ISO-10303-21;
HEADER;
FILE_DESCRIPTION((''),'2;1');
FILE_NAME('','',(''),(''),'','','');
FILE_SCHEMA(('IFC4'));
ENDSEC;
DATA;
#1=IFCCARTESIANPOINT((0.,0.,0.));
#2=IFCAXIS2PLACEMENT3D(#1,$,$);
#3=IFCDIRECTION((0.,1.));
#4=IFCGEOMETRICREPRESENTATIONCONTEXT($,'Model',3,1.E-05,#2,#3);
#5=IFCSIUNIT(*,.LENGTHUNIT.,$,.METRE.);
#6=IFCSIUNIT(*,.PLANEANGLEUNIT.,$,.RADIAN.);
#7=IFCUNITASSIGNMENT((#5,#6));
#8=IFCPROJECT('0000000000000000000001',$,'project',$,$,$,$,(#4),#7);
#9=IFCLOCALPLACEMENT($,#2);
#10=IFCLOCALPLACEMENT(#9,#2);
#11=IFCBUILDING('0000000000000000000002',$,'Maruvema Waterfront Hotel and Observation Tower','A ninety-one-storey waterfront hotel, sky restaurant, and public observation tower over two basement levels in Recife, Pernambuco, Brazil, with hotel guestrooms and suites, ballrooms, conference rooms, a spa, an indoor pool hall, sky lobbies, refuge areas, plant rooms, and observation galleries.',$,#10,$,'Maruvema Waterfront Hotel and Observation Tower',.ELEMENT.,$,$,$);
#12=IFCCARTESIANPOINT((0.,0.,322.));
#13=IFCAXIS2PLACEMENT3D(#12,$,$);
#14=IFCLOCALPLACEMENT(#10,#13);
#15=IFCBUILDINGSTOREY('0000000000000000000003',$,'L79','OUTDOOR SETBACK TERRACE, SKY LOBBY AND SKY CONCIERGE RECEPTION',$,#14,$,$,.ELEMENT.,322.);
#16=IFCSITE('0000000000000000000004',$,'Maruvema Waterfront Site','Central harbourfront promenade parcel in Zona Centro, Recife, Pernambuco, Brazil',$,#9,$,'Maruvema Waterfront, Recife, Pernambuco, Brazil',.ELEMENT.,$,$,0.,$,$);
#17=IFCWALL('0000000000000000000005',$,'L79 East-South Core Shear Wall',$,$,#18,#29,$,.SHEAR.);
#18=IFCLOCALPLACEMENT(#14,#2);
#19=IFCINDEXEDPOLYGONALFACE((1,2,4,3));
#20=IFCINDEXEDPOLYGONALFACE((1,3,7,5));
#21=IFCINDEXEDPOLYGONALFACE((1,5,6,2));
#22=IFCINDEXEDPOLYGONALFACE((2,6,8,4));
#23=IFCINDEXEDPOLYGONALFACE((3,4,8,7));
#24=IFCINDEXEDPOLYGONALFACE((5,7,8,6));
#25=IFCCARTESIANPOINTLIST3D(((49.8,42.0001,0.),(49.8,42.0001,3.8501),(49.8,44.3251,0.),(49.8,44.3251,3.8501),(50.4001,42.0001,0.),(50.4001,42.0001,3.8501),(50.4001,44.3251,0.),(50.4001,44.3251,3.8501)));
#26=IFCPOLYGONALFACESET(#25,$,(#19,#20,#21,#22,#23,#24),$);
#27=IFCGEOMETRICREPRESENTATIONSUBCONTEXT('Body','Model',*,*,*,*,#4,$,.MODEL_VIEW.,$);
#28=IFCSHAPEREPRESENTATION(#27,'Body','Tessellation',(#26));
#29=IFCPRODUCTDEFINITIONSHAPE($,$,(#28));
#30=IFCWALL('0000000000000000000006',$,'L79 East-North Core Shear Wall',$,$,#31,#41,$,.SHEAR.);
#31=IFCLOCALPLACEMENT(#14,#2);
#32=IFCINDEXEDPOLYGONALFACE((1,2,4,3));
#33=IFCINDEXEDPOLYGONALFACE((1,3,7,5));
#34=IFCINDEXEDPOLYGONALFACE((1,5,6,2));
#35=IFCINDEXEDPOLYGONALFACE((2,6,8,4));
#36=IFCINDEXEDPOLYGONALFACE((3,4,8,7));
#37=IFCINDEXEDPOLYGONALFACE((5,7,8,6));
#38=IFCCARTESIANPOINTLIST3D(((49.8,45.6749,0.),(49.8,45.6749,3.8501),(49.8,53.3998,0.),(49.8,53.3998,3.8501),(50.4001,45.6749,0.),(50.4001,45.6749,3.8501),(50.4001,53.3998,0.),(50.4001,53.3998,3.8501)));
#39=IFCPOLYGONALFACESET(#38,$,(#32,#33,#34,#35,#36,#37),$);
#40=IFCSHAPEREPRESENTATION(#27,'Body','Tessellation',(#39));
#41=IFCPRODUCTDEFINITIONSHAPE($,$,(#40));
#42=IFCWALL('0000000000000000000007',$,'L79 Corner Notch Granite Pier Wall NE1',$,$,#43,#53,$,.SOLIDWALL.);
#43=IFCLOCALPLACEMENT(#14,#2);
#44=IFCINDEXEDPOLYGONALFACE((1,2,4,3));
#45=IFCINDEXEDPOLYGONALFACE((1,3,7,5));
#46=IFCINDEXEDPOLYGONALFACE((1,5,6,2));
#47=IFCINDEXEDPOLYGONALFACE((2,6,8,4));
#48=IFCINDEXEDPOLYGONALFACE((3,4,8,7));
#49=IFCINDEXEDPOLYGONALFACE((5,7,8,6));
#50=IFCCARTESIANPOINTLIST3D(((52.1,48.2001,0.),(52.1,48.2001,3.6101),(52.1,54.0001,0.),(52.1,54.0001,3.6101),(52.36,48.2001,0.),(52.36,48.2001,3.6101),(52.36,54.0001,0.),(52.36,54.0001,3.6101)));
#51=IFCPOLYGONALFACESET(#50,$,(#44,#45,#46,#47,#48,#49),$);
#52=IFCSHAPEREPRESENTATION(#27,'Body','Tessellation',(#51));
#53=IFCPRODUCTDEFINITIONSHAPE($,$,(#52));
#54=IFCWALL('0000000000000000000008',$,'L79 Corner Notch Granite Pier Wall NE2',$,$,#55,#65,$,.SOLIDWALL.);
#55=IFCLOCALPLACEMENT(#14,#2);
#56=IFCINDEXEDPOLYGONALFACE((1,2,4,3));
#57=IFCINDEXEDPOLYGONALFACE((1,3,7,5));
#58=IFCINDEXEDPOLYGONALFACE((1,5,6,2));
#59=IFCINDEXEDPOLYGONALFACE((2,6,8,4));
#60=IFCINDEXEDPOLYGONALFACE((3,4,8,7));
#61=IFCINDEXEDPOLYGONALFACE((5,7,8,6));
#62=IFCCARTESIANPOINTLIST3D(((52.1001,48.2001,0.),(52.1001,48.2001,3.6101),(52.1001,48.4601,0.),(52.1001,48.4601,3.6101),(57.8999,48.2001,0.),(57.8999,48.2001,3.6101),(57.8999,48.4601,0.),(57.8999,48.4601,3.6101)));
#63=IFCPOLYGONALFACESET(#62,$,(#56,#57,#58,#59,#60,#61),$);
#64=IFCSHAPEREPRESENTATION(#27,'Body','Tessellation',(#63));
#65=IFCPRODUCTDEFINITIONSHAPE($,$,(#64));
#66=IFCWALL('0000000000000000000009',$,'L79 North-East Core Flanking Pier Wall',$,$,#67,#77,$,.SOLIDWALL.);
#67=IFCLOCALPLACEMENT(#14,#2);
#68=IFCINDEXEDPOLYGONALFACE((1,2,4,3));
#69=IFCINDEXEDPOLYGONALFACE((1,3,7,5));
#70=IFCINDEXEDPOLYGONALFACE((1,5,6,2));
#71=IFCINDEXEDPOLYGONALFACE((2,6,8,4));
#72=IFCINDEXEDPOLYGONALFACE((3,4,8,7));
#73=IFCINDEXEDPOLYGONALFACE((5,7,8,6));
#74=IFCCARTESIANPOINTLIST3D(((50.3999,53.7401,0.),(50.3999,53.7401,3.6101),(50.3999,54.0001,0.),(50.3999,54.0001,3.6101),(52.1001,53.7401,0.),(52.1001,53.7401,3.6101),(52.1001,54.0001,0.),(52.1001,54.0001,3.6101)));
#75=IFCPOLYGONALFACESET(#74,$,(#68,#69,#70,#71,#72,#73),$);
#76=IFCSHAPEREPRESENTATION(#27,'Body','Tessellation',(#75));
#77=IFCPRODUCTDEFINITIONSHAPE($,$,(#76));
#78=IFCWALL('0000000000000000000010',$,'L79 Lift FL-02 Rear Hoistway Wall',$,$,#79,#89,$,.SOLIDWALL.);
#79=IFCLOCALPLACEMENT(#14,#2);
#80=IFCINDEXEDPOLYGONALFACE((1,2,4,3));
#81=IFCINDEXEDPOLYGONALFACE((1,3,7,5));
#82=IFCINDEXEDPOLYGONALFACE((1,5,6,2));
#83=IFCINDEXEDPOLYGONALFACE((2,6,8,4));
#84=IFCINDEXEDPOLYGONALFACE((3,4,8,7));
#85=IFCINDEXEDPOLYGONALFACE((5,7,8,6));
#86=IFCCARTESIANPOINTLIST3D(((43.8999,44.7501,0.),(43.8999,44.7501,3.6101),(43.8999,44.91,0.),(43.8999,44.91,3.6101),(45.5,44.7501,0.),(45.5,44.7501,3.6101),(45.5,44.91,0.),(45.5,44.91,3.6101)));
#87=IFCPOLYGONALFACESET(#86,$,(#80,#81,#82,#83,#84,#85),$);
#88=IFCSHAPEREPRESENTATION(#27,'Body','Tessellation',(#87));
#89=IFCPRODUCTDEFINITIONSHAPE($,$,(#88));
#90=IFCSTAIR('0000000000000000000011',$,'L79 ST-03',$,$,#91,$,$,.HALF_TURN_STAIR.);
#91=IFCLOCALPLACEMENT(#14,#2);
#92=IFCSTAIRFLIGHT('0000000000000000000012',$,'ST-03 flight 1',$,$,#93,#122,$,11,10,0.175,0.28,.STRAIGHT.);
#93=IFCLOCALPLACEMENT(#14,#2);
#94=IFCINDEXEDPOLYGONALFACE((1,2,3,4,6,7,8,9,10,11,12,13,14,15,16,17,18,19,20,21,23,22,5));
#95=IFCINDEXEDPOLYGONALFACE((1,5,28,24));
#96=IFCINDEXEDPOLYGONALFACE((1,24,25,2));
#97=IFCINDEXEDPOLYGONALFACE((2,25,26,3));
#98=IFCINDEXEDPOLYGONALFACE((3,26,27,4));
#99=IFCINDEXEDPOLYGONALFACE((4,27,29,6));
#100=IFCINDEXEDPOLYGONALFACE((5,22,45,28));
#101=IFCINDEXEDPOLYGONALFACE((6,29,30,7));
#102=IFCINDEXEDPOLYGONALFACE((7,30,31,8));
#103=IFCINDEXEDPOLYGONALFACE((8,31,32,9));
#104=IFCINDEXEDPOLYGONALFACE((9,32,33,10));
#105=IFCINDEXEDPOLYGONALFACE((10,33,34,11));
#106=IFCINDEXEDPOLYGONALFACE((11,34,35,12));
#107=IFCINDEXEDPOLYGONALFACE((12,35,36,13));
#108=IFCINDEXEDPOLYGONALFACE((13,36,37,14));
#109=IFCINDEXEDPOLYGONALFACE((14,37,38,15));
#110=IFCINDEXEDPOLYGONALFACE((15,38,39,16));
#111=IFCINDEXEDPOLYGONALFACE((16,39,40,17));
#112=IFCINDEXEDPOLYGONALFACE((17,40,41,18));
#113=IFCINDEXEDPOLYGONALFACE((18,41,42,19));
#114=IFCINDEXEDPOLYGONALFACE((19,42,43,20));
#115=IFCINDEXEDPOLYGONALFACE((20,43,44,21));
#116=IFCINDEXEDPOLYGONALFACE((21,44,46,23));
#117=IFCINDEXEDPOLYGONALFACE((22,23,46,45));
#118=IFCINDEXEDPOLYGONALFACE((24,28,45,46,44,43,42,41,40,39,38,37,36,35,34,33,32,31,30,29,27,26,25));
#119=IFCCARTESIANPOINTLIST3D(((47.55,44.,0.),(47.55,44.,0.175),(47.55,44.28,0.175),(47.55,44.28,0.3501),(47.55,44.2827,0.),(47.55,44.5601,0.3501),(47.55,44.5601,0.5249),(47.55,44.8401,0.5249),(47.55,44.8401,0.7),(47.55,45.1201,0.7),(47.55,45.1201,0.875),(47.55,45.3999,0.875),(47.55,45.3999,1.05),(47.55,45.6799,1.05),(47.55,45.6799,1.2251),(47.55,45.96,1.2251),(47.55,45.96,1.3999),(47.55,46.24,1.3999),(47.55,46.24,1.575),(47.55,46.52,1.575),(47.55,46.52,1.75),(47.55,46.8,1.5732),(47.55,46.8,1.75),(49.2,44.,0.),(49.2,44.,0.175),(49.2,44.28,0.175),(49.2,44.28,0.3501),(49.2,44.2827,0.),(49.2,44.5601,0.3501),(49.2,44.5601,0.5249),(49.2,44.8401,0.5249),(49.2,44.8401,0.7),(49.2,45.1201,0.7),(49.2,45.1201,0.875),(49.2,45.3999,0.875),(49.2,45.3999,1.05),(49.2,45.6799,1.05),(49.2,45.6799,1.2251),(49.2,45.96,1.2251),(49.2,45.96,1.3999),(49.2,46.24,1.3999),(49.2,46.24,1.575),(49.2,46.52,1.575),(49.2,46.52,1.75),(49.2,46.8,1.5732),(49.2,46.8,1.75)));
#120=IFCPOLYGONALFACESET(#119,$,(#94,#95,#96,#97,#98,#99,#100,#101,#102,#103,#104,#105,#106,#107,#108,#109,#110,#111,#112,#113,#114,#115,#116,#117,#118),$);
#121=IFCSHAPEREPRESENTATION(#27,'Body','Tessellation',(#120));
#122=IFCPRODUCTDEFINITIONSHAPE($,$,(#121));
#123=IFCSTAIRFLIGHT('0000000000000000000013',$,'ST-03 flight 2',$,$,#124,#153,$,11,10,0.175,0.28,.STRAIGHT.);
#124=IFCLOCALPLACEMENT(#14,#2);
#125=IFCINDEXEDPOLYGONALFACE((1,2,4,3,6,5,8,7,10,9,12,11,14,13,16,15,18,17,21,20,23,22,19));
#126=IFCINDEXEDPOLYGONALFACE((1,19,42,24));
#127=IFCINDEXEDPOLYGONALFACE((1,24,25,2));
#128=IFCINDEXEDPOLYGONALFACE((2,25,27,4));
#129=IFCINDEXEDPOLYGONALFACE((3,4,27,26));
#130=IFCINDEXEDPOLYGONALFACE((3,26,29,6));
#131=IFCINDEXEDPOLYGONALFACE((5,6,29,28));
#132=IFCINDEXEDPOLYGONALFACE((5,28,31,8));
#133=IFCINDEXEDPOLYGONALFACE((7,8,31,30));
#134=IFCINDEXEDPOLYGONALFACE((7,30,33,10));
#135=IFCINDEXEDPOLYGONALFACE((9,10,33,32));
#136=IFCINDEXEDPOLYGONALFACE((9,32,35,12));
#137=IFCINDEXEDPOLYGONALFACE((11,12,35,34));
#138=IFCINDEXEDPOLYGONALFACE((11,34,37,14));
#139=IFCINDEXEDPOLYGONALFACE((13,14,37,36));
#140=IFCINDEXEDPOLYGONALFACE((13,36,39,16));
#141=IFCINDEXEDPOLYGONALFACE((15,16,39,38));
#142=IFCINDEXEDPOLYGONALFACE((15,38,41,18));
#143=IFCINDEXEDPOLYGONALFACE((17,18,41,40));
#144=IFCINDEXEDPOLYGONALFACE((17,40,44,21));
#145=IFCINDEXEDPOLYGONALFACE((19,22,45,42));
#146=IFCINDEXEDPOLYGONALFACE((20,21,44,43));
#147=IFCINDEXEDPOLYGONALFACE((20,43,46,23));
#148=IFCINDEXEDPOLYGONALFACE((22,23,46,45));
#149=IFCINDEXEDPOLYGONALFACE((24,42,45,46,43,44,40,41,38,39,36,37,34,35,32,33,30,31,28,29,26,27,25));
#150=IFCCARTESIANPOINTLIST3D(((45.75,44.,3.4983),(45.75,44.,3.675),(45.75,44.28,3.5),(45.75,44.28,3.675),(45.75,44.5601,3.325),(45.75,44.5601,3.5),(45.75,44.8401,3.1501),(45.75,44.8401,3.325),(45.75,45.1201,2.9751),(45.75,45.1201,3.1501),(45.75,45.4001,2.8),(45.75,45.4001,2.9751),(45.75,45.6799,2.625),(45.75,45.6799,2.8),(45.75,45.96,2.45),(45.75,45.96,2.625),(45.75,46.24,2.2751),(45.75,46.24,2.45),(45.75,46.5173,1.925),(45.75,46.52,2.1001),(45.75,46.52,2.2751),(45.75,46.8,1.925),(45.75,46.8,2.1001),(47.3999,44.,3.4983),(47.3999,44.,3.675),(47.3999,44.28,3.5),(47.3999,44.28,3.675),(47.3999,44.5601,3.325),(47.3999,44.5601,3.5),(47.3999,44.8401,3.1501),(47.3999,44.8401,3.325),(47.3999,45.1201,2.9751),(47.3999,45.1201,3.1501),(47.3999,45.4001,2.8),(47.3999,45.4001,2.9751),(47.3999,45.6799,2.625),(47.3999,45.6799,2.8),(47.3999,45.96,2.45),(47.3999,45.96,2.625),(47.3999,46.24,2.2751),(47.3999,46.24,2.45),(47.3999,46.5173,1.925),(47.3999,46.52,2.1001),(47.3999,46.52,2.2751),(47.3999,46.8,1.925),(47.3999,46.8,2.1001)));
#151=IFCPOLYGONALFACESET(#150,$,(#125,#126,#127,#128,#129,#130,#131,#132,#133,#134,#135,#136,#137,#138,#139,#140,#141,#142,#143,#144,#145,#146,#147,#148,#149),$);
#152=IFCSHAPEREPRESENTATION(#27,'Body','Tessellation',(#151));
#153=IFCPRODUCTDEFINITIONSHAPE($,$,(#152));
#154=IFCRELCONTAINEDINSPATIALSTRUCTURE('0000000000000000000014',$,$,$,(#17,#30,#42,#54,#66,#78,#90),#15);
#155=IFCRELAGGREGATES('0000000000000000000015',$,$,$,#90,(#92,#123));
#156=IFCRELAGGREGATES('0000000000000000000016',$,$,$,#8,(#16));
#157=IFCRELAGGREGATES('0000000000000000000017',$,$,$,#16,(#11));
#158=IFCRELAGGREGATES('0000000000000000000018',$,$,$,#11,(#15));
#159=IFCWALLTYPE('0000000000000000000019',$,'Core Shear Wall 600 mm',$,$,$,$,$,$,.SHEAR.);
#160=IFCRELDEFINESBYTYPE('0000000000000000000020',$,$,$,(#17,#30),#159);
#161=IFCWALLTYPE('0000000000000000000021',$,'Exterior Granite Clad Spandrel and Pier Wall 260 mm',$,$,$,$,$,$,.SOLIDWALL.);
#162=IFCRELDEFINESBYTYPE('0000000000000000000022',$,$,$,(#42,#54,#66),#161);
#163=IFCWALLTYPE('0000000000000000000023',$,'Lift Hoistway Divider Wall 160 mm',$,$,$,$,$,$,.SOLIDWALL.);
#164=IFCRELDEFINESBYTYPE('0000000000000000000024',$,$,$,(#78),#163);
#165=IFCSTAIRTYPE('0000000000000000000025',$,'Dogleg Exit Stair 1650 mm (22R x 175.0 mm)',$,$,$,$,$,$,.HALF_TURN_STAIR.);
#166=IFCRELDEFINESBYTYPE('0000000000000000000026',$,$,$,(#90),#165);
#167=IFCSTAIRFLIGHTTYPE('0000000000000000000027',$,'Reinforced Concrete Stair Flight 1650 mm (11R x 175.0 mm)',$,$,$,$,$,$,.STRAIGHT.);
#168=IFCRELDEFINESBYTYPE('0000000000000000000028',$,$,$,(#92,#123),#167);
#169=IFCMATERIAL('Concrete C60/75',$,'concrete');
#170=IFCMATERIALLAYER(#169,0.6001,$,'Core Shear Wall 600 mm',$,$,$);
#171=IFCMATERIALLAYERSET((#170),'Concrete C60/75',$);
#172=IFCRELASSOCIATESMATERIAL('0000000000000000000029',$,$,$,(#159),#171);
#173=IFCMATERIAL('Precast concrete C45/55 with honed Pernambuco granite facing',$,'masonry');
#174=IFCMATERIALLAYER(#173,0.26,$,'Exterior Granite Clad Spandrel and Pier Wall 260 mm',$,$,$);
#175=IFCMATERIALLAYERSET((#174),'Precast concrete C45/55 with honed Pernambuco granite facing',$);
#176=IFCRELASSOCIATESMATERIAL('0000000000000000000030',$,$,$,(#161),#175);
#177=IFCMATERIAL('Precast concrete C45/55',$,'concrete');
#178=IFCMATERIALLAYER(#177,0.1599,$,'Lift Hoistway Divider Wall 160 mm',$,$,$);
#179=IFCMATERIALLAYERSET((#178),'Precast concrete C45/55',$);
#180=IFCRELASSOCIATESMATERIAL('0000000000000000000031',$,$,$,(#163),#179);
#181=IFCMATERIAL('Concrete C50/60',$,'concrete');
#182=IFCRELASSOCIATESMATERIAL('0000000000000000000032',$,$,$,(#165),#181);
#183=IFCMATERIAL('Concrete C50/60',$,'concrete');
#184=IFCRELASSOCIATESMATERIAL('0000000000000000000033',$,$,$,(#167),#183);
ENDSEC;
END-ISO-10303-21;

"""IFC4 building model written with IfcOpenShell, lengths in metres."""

from ifc_helpers import new_model, si_unit, direction, frame, frame_2d, origin, place, context, subcontext, project, spatial, polyline, rectangle, outline, extrude, material, layer, layer_set, type_object, element, aggregate, save


model = new_model("IFC4")

# Units and contexts
model_context = context("Model", 3, precision=1e-05, world=origin(), true_north=direction((0.0, 1.0)))
body_context = subcontext(model_context, "Body", "Model", "MODEL_VIEW")
ifc_project = project(units=[si_unit("LENGTHUNIT", "METRE"), si_unit("PLANEANGLEUNIT", "RADIAN")], contexts=[model_context])

# Site, building, storey
site_placement = place(None, origin())
site = spatial("IfcSite", under=ifc_project, at=site_placement, Name="Maruvema Waterfront Site", Description="Central harbourfront promenade parcel in Zona Centro, Recife, Pernambuco, Brazil", LongName="Maruvema Waterfront, Recife, Pernambuco, Brazil", CompositionType="ELEMENT", RefElevation=0.0)
building_placement = place(site_placement, origin())
building = spatial("IfcBuilding", under=site, at=building_placement, Name="Maruvema Waterfront Hotel and Observation Tower", Description="A ninety-one-storey waterfront hotel, sky restaurant, and public observation tower over two basement levels in Recife, Pernambuco, Brazil, with hotel guestrooms and suites, ballrooms, conference rooms, a spa, an indoor pool hall, sky lobbies, refuge areas, plant rooms, and observation galleries.", LongName="Maruvema Waterfront Hotel and Observation Tower", CompositionType="ELEMENT")
storey_placement = place(building_placement, frame((0.0, 0.0, 322.0)))
storey = spatial("IfcBuildingStorey", under=building, at=storey_placement, Name="L79", Description="OUTDOOR SETBACK TERRACE, SKY LOBBY AND SKY CONCIERGE RECEPTION", CompositionType="ELEMENT", Elevation=322.0)

# Walls
ifc_material_1 = material(Name="Concrete C60/75", Category="concrete")
ifc_layer_1 = layer(ifc_material_1, 0.6001, Name="Core Shear Wall 600 mm")
ifc_layer_set_1 = layer_set([ifc_layer_1], Name="Concrete C60/75")
wall_type_1 = type_object("IfcWallType", Name="Core Shear Wall 600 mm", PredefinedType="SHEAR", material=ifc_layer_set_1)
wall_1_placement = place(storey_placement, frame((50.1001, 42.0, 0.0), z_axis=(0.0, 0.0, 1.0), x_axis=(0.0, 1.0, 0.0)))
element("IfcWall", 1, at=wall_1_placement, inside=storey, type_object=wall_type_1, Name="L79 East-South Core Shear Wall", PredefinedType="SHEAR", context=body_context, shape_type="SweptSolid", body=[
    extrude(rectangle(XDim=2.325, YDim=0.6001, at=frame_2d((1.1626, 0.0))), origin(), (0.0, 0.0, 1.0), 3.8501),
])
wall_2_placement = place(storey_placement, frame((50.1001, 45.675, 0.0), z_axis=(0.0, 0.0, 1.0), x_axis=(0.0, 1.0, 0.0)))
element("IfcWall", 2, at=wall_2_placement, inside=storey, type_object=wall_type_1, Name="L79 East-North Core Shear Wall", PredefinedType="SHEAR", context=body_context, shape_type="SweptSolid", body=[
    extrude(rectangle(XDim=7.7249, YDim=0.6001, at=frame_2d((3.8623, 0.0))), origin(), (0.0, 0.0, 1.0), 3.8501),
])
ifc_material_2 = material(Name="Precast concrete C45/55 with honed Pernambuco granite facing", Category="masonry")
ifc_layer_2 = layer(ifc_material_2, 0.26, Name="Exterior Granite Clad Spandrel and Pier Wall 260 mm")
ifc_layer_set_2 = layer_set([ifc_layer_2], Name="Precast concrete C45/55 with honed Pernambuco granite facing")
wall_type_2 = type_object("IfcWallType", Name="Exterior Granite Clad Spandrel and Pier Wall 260 mm", PredefinedType="SOLIDWALL", material=ifc_layer_set_2)
wall_3_placement = place(storey_placement, frame((52.23, 54.0, 0.0), z_axis=(0.0, 0.0, 1.0), x_axis=(0.0, -1.0, 0.0)))
element("IfcWall", 3, at=wall_3_placement, inside=storey, type_object=wall_type_2, Name="L79 Corner Notch Granite Pier Wall NE1", PredefinedType="SOLIDWALL", context=body_context, shape_type="SweptSolid", body=[
    extrude(rectangle(XDim=5.8, YDim=0.26, at=frame_2d((2.8999, 0.0))), origin(), (0.0, 0.0, 1.0), 3.6101),
])
wall_4_placement = place(storey_placement, frame((52.1001, 48.3301, 0.0), z_axis=(0.0, 0.0, 1.0), x_axis=(1.0, 0.0, 0.0)))
element("IfcWall", 4, at=wall_4_placement, inside=storey, type_object=wall_type_2, Name="L79 Corner Notch Granite Pier Wall NE2", PredefinedType="SOLIDWALL", context=body_context, shape_type="SweptSolid", body=[
    extrude(rectangle(XDim=5.7998, YDim=0.26, at=frame_2d((2.8999, 0.0))), origin(), (0.0, 0.0, 1.0), 3.6101),
])
wall_5_placement = place(storey_placement, frame((52.1001, 53.8701, 0.0), z_axis=(0.0, 0.0, 1.0), x_axis=(-1.0, 0.0, 0.0)))
element("IfcWall", 5, at=wall_5_placement, inside=storey, type_object=wall_type_2, Name="L79 North-East Core Flanking Pier Wall", PredefinedType="SOLIDWALL", context=body_context, shape_type="SweptSolid", body=[
    extrude(rectangle(XDim=1.7002, YDim=0.26, at=frame_2d((0.8501, 0.0))), origin(), (0.0, 0.0, 1.0), 3.6101),
])
ifc_material_3 = material(Name="Precast concrete C45/55", Category="concrete")
ifc_layer_3 = layer(ifc_material_3, 0.1599, Name="Lift Hoistway Divider Wall 160 mm")
ifc_layer_set_3 = layer_set([ifc_layer_3], Name="Precast concrete C45/55")
wall_type_3 = type_object("IfcWallType", Name="Lift Hoistway Divider Wall 160 mm", PredefinedType="SOLIDWALL", material=ifc_layer_set_3)
wall_6_placement = place(storey_placement, frame((43.8999, 44.8301, 0.0), z_axis=(0.0, 0.0, 1.0), x_axis=(1.0, 0.0, 0.0)))
element("IfcWall", 6, at=wall_6_placement, inside=storey, type_object=wall_type_3, Name="L79 Lift FL-02 Rear Hoistway Wall", PredefinedType="SOLIDWALL", context=body_context, shape_type="SweptSolid", body=[
    extrude(rectangle(XDim=1.6001, YDim=0.1599, at=frame_2d((0.8, 0.0))), origin(), (0.0, 0.0, 1.0), 3.6101),
])

# Stair, stair flights
ifc_material_4 = material(Name="Concrete C50/60", Category="concrete")
stair_type = type_object("IfcStairType", Name="Dogleg Exit Stair 1650 mm (22R x 175.0 mm)", PredefinedType="HALF_TURN_STAIR", material=ifc_material_4)
stair_placement = place(storey_placement, origin())
stair = element("IfcStair", 7, at=stair_placement, inside=storey, type_object=stair_type, Name="L79 ST-03", PredefinedType="HALF_TURN_STAIR")
ifc_material_5 = material(Name="Concrete C50/60", Category="concrete")
stair_flight_type = type_object("IfcStairFlightType", Name="Reinforced Concrete Stair Flight 1650 mm (11R x 175.0 mm)", PredefinedType="STRAIGHT", material=ifc_material_5)
stair_flight_1_placement = place(storey_placement, frame((48.375, 44.0, 0.0), z_axis=(0.0, 0.0, 1.0), x_axis=(0.0, 1.0, 0.0)))
stair_flight_1 = element("IfcStairFlight", 8, at=stair_flight_1_placement, type_object=stair_flight_type, Name="ST-03 flight 1", NumberOfRisers=11, NumberOfTreads=10, PredefinedType="STRAIGHT", RiserHeight=0.175, TreadLength=0.28, context=body_context, shape_type="SweptSolid", body=[
    extrude(outline(polyline([(0.0, 0.0), (0.0, 0.175), (0.28, 0.175), (0.28, 0.3501), (0.5601, 0.3501), (0.5601, 0.5249), (0.8401, 0.5249), (0.8401, 0.7), (1.1201, 0.7), (1.1201, 0.875), (1.3999, 0.875), (1.3999, 1.05), (1.6799, 1.05), (1.6799, 1.2251), (1.96, 1.2251), (1.96, 1.3999), (2.24, 1.3999), (2.24, 1.575), (2.52, 1.575), (2.52, 1.75), (2.8, 1.75), (2.8, 1.925), (2.8, 1.5732), (0.2827, 0.0), (0.0, 0.0)])), frame((0.0, 0.825, 0.0), z_axis=(0.0, -1.0, 0.0), x_axis=(1.0, 0.0, 0.0)), (0.0, 0.0, 1.0), 1.6499),
])
stair_flight_2_placement = place(storey_placement, frame((46.575, 46.8, 1.925), z_axis=(0.0, 0.0, 1.0), x_axis=(0.0, -1.0, 0.0)))
stair_flight_2 = element("IfcStairFlight", 9, at=stair_flight_2_placement, type_object=stair_flight_type, Name="ST-03 flight 2", NumberOfRisers=11, NumberOfTreads=10, PredefinedType="STRAIGHT", RiserHeight=0.175, TreadLength=0.28, context=body_context, shape_type="SweptSolid", body=[
    extrude(outline(polyline([(0.0, 0.0), (0.0, 0.175), (0.28, 0.175), (0.28, 0.3501), (0.5601, 0.3501), (0.5601, 0.5249), (0.8401, 0.5249), (0.8401, 0.7), (1.1201, 0.7), (1.1201, 0.875), (1.3999, 0.875), (1.3999, 1.05), (1.6799, 1.05), (1.6799, 1.2251), (1.96, 1.2251), (1.96, 1.3999), (2.24, 1.3999), (2.24, 1.575), (2.52, 1.575), (2.52, 1.75), (2.8, 1.75), (2.8, 1.925), (2.8, 1.5732), (0.2827, 0.0), (0.0, 0.0)])), frame((0.0, 0.825, 0.0), z_axis=(0.0, -1.0, 0.0), x_axis=(1.0, 0.0, 0.0)), (0.0, 0.0, 1.0), 1.6499),
])
aggregate(stair, [stair_flight_1, stair_flight_2])

save(model, "model.ifc")
